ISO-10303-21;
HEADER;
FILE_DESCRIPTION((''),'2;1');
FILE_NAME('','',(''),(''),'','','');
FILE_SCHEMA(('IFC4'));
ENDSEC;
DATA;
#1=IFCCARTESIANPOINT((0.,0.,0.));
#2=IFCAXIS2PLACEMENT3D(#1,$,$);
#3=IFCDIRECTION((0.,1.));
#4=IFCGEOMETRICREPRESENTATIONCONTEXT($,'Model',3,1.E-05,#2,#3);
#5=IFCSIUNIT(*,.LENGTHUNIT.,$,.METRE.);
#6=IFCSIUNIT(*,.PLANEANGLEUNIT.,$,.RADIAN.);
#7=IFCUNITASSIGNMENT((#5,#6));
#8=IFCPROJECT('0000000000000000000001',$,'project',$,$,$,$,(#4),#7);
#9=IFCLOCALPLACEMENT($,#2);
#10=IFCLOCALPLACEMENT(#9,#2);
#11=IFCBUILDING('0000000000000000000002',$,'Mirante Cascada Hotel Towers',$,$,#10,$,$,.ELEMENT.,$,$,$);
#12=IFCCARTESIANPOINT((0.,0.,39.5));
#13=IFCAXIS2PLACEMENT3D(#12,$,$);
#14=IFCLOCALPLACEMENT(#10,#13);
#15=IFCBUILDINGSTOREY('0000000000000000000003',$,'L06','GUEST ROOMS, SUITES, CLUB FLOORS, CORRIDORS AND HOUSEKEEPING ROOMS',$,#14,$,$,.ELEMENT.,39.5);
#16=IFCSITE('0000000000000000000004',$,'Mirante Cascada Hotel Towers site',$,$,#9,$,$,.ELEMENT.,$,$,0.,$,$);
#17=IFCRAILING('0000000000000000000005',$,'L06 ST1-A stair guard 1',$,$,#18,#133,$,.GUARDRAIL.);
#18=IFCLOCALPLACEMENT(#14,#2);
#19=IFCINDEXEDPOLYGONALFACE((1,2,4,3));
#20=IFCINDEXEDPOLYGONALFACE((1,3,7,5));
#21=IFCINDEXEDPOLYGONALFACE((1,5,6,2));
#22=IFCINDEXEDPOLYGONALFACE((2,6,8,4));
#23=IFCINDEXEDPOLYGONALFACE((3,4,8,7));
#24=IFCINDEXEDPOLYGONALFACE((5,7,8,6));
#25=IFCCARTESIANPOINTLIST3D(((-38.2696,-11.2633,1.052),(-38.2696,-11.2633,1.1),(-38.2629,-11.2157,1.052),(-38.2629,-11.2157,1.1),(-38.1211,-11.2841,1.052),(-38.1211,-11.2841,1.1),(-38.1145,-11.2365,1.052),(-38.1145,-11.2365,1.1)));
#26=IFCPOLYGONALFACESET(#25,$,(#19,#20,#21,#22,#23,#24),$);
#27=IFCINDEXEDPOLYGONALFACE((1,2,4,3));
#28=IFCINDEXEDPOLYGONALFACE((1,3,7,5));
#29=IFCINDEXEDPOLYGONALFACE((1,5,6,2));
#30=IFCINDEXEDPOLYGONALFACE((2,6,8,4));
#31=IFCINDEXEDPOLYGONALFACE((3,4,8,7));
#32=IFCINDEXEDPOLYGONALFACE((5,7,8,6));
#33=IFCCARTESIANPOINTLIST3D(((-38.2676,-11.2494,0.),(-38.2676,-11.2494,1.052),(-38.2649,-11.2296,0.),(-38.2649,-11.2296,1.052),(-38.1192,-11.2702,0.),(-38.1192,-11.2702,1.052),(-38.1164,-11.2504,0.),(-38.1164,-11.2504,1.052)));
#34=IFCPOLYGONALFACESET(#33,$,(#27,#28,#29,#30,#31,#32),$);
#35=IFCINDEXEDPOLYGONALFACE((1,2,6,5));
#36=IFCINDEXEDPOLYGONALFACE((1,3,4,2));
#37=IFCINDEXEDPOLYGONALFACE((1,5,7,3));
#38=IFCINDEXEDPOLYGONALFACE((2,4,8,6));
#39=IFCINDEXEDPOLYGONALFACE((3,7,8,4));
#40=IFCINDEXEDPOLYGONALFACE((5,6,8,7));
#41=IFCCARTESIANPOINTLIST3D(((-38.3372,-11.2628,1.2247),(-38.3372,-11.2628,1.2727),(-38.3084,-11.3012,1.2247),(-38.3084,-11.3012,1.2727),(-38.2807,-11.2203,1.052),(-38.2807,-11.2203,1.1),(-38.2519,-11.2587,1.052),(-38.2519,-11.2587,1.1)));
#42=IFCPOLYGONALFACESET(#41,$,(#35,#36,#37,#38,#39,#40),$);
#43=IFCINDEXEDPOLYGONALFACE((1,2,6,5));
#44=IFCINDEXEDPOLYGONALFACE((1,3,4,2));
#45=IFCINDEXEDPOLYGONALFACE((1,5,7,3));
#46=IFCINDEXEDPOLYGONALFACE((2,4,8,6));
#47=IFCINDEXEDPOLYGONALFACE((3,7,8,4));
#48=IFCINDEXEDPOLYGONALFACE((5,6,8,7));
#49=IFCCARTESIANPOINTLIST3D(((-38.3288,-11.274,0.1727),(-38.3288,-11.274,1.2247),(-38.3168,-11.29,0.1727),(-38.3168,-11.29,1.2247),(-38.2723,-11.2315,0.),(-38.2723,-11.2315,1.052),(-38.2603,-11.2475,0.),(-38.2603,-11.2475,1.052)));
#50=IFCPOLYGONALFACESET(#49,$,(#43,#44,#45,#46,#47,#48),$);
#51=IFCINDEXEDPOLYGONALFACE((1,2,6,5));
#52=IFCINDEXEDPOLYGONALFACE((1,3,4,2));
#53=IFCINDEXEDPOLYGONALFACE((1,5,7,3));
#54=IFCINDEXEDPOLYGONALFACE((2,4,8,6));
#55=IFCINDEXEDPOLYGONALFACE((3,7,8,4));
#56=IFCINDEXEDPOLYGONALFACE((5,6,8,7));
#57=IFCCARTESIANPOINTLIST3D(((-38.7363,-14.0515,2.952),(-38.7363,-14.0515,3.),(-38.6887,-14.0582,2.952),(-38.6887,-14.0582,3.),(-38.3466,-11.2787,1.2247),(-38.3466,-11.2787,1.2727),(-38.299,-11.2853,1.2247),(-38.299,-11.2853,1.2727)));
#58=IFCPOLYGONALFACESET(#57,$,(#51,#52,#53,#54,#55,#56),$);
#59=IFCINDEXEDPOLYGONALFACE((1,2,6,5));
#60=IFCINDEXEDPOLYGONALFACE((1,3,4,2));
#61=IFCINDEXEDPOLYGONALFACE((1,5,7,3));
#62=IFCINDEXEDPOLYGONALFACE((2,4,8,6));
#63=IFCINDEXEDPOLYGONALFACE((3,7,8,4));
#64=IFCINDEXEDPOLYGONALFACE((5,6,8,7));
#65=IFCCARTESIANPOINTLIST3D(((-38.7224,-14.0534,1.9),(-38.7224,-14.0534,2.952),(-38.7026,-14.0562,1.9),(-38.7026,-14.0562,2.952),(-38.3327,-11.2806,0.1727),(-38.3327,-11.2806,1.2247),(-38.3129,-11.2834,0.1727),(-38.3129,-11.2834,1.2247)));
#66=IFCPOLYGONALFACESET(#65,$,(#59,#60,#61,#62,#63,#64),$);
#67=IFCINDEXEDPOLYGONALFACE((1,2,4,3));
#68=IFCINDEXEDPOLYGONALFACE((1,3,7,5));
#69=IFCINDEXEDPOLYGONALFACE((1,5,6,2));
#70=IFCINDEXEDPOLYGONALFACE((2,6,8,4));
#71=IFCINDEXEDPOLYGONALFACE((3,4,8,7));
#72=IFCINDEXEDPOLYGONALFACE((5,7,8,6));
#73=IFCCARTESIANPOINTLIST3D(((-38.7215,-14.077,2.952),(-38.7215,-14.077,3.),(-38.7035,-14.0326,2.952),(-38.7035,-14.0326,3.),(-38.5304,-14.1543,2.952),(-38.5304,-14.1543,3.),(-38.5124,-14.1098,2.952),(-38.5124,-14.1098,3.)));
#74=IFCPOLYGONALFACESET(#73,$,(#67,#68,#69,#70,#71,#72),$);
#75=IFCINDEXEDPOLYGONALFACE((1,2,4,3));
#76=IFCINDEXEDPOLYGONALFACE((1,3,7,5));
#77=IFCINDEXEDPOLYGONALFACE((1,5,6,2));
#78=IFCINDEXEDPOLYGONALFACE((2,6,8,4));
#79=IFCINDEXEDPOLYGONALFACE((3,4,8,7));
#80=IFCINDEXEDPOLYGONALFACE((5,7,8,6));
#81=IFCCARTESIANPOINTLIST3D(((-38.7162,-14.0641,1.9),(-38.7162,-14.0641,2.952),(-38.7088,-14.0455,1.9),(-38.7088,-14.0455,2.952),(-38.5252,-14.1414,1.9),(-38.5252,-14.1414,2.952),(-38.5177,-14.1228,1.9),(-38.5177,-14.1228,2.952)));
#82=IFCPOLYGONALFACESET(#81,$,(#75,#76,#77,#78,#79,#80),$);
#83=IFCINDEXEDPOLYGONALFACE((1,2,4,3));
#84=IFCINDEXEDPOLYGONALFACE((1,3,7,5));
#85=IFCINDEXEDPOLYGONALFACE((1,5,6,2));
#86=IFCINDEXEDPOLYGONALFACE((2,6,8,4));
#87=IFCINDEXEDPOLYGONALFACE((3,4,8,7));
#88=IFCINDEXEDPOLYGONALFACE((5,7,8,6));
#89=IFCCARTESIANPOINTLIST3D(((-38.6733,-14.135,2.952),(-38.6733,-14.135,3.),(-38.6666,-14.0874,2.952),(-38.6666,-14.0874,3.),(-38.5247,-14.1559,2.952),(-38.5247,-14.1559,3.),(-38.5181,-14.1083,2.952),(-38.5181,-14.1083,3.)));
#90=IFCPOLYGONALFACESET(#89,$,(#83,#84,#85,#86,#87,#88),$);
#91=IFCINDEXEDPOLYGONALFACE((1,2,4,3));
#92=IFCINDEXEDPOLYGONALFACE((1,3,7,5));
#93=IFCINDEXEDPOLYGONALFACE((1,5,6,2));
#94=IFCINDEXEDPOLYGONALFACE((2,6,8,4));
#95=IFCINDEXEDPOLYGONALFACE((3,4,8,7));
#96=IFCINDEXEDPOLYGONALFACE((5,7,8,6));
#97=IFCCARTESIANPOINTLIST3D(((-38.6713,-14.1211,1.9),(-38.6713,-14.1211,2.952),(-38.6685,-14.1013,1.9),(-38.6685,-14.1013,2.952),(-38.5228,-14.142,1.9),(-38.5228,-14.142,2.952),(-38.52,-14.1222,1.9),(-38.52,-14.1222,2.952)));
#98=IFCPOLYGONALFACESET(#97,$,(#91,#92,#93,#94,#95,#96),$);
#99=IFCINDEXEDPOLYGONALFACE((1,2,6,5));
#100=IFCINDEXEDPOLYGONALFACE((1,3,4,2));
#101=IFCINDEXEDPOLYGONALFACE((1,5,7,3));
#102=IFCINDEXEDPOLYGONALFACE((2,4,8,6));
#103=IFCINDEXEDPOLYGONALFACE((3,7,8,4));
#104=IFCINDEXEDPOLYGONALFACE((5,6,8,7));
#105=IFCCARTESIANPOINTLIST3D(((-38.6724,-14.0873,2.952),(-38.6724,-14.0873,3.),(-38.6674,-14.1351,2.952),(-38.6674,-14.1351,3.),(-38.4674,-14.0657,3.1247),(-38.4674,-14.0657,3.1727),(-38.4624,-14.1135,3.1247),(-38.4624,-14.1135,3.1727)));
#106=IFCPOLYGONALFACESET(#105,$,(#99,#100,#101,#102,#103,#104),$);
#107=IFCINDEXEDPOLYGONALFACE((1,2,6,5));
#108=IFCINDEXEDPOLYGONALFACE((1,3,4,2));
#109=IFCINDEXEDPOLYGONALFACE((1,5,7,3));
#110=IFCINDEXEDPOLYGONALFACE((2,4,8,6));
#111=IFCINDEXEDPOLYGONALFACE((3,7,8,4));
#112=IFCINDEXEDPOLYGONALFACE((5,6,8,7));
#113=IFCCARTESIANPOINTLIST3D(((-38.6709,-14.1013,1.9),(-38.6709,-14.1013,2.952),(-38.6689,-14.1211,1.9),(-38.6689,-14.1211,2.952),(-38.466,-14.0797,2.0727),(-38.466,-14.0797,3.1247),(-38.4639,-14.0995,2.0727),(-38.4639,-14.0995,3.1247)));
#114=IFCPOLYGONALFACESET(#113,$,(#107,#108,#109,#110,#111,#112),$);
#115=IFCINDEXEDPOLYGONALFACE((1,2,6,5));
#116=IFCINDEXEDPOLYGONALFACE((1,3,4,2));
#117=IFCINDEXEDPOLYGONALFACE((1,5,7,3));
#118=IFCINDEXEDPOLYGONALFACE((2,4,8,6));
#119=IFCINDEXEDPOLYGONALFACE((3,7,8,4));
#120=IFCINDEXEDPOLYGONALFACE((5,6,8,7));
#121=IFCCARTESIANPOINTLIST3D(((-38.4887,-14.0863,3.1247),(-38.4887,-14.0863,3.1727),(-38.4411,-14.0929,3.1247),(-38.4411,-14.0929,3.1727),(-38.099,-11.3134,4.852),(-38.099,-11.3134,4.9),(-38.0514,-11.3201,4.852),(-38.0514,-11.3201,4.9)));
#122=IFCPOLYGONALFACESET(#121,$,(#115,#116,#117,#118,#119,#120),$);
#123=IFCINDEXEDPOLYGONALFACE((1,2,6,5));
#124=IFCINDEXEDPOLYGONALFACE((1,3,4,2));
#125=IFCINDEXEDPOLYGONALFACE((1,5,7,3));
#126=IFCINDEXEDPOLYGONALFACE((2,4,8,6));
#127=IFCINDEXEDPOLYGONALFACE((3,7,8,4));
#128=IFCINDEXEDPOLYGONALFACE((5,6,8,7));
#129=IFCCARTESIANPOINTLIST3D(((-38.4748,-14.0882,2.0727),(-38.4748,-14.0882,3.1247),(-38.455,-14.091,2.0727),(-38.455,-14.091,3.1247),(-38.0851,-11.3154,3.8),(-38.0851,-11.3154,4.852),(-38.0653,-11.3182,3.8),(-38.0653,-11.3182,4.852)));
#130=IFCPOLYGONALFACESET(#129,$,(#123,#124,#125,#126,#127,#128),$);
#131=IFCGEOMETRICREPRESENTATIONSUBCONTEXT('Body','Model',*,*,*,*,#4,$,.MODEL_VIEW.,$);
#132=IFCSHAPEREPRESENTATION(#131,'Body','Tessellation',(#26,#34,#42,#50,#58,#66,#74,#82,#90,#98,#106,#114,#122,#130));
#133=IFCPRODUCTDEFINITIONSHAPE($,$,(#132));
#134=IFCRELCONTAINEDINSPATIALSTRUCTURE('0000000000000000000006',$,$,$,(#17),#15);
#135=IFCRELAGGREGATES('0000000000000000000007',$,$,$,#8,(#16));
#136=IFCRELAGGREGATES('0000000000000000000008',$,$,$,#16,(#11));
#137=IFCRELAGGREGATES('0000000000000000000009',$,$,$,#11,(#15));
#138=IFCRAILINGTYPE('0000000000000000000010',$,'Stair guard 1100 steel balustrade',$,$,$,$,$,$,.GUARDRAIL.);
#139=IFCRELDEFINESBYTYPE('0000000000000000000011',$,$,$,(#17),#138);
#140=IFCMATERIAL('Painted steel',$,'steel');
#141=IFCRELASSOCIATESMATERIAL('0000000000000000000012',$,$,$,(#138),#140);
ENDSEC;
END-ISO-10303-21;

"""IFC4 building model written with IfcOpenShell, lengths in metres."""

from ifc_helpers import new_model, si_unit, direction, frame, origin, origin_2d, place, context, subcontext, project, spatial, rectangle, extrude, material, type_object, element, save


model = new_model("IFC4")

# Units and contexts
model_context = context("Model", 3, precision=1e-05, world=origin(), true_north=direction((0.0, 1.0)))
body_context = subcontext(model_context, "Body", "Model", "MODEL_VIEW")
ifc_project = project(units=[si_unit("LENGTHUNIT", "METRE"), si_unit("PLANEANGLEUNIT", "RADIAN")], contexts=[model_context])

# Site, building, storey
site_placement = place(None, origin())
site = spatial("IfcSite", under=ifc_project, at=site_placement, Name="Mirante Cascada Hotel Towers site", CompositionType="ELEMENT", RefElevation=0.0)
building_placement = place(site_placement, origin())
building = spatial("IfcBuilding", under=site, at=building_placement, Name="Mirante Cascada Hotel Towers", CompositionType="ELEMENT")
storey_placement = place(building_placement, frame((0.0, 0.0, 39.5)))
storey = spatial("IfcBuildingStorey", under=building, at=storey_placement, Name="L06", Description="GUEST ROOMS, SUITES, CLUB FLOORS, CORRIDORS AND HOUSEKEEPING ROOMS", CompositionType="ELEMENT", Elevation=39.5)

# Railing
ifc_material_1 = material(Name="Painted steel", Category="steel")
railing_type_1 = type_object("IfcRailingType", Name="Stair guard 1100 steel balustrade", PredefinedType="GUARDRAIL", material=ifc_material_1)
railing_1_placement = place(storey_placement, frame((-38.1178, -11.2603, 0.0)))
element("IfcRailing", 1, at=railing_1_placement, inside=storey, type_object=railing_type_1, Name="L06 ST1-A stair guard 1", PredefinedType="GUARDRAIL", context=body_context, shape_type="SweptSolid", body=[
    extrude(rectangle(XDim=0.048, YDim=0.048, at=origin_2d()), frame((0.0, 0.0, 1.076), z_axis=(-0.990333, 0.138713, 0.0), x_axis=(-0.138713, -0.990333, 0.0)), (0.0, 0.0, 1.0), 0.1499),
    extrude(rectangle(XDim=0.02, YDim=1.052, at=origin_2d()), frame((0.0, 0.0, 0.526), z_axis=(-0.990333, 0.138713, 0.0), x_axis=(-0.138713, -0.990333, 0.0)), (0.0, 0.0, 1.0), 0.1499),
    extrude(rectangle(XDim=0.048, YDim=0.048, at=origin_2d()), frame((-0.1485, 0.0208, 1.076), z_axis=(-0.79915, -0.601131, 0.0), x_axis=(0.601131, -0.79915, 0.0)), (0.0, 0.925453, 0.378863), 0.1866),
    extrude(rectangle(XDim=0.02, YDim=1.052, at=origin_2d()), frame((-0.1485, 0.0208, 0.526), z_axis=(-0.79915, -0.601131, 0.0), x_axis=(0.601131, -0.79915, 0.0)), (0.0, 0.925453, 0.378863), 0.1866),
    extrude(rectangle(XDim=0.048, YDim=0.048, at=origin_2d()), frame((-0.205, -0.0217, 1.2487), z_axis=(-0.139176, -0.990268, 0.0), x_axis=(0.990268, -0.139176, 0.0)), (0.0, 0.525021, 0.851089), 3.29),
    extrude(rectangle(XDim=0.02, YDim=1.052, at=origin_2d()), frame((-0.205, -0.0217, 0.6987), z_axis=(-0.139176, -0.990268, 0.0), x_axis=(0.990268, -0.139176, 0.0)), (0.0, 0.525021, 0.851089), 3.29),
    extrude(rectangle(XDim=0.048, YDim=0.048, at=origin_2d()), frame((-0.5947, -2.7945, 2.976), z_axis=(0.927031, -0.374984, 0.0), x_axis=(0.374984, 0.927031, 0.0)), (0.0, 0.0, 1.0), 0.2061),
    extrude(rectangle(XDim=0.02, YDim=1.052, at=origin_2d()), frame((-0.5947, -2.7945, 2.426), z_axis=(0.927031, -0.374984, 0.0), x_axis=(0.374984, 0.927031, 0.0)), (0.0, 0.0, 1.0), 0.2061),
    extrude(rectangle(XDim=0.048, YDim=0.048, at=origin_2d()), frame((-0.4036, -2.8718, 2.976), z_axis=(-0.990241, 0.139367, 0.0), x_axis=(-0.139367, -0.990241, 0.0)), (0.0, 0.0, 1.0), 0.15),
    extrude(rectangle(XDim=0.02, YDim=1.052, at=origin_2d()), frame((-0.4036, -2.8718, 2.426), z_axis=(-0.990241, 0.139367, 0.0), x_axis=(-0.139367, -0.990241, 0.0)), (0.0, 0.0, 1.0), 0.15),
    extrude(rectangle(XDim=0.048, YDim=0.048, at=origin_2d()), frame((-0.5521, -2.8509, 2.976), z_axis=(0.994495, 0.104786, 0.0), x_axis=(-0.104786, 0.994495, 0.0)), (0.0, 0.642203, 0.766534), 0.2689),
    extrude(rectangle(XDim=0.02, YDim=1.052, at=origin_2d()), frame((-0.5521, -2.8509, 2.426), z_axis=(0.994495, 0.104786, 0.0), x_axis=(-0.104786, 0.994495, 0.0)), (0.0, 0.642203, 0.766534), 0.2689),
    extrude(rectangle(XDim=0.048, YDim=0.048, at=origin_2d()), frame((-0.3471, -2.8293, 3.1487), z_axis=(0.139176, 0.990268, 0.0), x_axis=(-0.990268, 0.139176, 0.0)), (0.0, 0.525021, 0.851089), 3.29),
    extrude(rectangle(XDim=0.02, YDim=1.052, at=origin_2d()), frame((-0.3471, -2.8293, 2.5987), z_axis=(0.139176, 0.990268, 0.0), x_axis=(-0.990268, 0.139176, 0.0)), (0.0, 0.525021, 0.851089), 3.29),
])

save(model, "model.ifc")
